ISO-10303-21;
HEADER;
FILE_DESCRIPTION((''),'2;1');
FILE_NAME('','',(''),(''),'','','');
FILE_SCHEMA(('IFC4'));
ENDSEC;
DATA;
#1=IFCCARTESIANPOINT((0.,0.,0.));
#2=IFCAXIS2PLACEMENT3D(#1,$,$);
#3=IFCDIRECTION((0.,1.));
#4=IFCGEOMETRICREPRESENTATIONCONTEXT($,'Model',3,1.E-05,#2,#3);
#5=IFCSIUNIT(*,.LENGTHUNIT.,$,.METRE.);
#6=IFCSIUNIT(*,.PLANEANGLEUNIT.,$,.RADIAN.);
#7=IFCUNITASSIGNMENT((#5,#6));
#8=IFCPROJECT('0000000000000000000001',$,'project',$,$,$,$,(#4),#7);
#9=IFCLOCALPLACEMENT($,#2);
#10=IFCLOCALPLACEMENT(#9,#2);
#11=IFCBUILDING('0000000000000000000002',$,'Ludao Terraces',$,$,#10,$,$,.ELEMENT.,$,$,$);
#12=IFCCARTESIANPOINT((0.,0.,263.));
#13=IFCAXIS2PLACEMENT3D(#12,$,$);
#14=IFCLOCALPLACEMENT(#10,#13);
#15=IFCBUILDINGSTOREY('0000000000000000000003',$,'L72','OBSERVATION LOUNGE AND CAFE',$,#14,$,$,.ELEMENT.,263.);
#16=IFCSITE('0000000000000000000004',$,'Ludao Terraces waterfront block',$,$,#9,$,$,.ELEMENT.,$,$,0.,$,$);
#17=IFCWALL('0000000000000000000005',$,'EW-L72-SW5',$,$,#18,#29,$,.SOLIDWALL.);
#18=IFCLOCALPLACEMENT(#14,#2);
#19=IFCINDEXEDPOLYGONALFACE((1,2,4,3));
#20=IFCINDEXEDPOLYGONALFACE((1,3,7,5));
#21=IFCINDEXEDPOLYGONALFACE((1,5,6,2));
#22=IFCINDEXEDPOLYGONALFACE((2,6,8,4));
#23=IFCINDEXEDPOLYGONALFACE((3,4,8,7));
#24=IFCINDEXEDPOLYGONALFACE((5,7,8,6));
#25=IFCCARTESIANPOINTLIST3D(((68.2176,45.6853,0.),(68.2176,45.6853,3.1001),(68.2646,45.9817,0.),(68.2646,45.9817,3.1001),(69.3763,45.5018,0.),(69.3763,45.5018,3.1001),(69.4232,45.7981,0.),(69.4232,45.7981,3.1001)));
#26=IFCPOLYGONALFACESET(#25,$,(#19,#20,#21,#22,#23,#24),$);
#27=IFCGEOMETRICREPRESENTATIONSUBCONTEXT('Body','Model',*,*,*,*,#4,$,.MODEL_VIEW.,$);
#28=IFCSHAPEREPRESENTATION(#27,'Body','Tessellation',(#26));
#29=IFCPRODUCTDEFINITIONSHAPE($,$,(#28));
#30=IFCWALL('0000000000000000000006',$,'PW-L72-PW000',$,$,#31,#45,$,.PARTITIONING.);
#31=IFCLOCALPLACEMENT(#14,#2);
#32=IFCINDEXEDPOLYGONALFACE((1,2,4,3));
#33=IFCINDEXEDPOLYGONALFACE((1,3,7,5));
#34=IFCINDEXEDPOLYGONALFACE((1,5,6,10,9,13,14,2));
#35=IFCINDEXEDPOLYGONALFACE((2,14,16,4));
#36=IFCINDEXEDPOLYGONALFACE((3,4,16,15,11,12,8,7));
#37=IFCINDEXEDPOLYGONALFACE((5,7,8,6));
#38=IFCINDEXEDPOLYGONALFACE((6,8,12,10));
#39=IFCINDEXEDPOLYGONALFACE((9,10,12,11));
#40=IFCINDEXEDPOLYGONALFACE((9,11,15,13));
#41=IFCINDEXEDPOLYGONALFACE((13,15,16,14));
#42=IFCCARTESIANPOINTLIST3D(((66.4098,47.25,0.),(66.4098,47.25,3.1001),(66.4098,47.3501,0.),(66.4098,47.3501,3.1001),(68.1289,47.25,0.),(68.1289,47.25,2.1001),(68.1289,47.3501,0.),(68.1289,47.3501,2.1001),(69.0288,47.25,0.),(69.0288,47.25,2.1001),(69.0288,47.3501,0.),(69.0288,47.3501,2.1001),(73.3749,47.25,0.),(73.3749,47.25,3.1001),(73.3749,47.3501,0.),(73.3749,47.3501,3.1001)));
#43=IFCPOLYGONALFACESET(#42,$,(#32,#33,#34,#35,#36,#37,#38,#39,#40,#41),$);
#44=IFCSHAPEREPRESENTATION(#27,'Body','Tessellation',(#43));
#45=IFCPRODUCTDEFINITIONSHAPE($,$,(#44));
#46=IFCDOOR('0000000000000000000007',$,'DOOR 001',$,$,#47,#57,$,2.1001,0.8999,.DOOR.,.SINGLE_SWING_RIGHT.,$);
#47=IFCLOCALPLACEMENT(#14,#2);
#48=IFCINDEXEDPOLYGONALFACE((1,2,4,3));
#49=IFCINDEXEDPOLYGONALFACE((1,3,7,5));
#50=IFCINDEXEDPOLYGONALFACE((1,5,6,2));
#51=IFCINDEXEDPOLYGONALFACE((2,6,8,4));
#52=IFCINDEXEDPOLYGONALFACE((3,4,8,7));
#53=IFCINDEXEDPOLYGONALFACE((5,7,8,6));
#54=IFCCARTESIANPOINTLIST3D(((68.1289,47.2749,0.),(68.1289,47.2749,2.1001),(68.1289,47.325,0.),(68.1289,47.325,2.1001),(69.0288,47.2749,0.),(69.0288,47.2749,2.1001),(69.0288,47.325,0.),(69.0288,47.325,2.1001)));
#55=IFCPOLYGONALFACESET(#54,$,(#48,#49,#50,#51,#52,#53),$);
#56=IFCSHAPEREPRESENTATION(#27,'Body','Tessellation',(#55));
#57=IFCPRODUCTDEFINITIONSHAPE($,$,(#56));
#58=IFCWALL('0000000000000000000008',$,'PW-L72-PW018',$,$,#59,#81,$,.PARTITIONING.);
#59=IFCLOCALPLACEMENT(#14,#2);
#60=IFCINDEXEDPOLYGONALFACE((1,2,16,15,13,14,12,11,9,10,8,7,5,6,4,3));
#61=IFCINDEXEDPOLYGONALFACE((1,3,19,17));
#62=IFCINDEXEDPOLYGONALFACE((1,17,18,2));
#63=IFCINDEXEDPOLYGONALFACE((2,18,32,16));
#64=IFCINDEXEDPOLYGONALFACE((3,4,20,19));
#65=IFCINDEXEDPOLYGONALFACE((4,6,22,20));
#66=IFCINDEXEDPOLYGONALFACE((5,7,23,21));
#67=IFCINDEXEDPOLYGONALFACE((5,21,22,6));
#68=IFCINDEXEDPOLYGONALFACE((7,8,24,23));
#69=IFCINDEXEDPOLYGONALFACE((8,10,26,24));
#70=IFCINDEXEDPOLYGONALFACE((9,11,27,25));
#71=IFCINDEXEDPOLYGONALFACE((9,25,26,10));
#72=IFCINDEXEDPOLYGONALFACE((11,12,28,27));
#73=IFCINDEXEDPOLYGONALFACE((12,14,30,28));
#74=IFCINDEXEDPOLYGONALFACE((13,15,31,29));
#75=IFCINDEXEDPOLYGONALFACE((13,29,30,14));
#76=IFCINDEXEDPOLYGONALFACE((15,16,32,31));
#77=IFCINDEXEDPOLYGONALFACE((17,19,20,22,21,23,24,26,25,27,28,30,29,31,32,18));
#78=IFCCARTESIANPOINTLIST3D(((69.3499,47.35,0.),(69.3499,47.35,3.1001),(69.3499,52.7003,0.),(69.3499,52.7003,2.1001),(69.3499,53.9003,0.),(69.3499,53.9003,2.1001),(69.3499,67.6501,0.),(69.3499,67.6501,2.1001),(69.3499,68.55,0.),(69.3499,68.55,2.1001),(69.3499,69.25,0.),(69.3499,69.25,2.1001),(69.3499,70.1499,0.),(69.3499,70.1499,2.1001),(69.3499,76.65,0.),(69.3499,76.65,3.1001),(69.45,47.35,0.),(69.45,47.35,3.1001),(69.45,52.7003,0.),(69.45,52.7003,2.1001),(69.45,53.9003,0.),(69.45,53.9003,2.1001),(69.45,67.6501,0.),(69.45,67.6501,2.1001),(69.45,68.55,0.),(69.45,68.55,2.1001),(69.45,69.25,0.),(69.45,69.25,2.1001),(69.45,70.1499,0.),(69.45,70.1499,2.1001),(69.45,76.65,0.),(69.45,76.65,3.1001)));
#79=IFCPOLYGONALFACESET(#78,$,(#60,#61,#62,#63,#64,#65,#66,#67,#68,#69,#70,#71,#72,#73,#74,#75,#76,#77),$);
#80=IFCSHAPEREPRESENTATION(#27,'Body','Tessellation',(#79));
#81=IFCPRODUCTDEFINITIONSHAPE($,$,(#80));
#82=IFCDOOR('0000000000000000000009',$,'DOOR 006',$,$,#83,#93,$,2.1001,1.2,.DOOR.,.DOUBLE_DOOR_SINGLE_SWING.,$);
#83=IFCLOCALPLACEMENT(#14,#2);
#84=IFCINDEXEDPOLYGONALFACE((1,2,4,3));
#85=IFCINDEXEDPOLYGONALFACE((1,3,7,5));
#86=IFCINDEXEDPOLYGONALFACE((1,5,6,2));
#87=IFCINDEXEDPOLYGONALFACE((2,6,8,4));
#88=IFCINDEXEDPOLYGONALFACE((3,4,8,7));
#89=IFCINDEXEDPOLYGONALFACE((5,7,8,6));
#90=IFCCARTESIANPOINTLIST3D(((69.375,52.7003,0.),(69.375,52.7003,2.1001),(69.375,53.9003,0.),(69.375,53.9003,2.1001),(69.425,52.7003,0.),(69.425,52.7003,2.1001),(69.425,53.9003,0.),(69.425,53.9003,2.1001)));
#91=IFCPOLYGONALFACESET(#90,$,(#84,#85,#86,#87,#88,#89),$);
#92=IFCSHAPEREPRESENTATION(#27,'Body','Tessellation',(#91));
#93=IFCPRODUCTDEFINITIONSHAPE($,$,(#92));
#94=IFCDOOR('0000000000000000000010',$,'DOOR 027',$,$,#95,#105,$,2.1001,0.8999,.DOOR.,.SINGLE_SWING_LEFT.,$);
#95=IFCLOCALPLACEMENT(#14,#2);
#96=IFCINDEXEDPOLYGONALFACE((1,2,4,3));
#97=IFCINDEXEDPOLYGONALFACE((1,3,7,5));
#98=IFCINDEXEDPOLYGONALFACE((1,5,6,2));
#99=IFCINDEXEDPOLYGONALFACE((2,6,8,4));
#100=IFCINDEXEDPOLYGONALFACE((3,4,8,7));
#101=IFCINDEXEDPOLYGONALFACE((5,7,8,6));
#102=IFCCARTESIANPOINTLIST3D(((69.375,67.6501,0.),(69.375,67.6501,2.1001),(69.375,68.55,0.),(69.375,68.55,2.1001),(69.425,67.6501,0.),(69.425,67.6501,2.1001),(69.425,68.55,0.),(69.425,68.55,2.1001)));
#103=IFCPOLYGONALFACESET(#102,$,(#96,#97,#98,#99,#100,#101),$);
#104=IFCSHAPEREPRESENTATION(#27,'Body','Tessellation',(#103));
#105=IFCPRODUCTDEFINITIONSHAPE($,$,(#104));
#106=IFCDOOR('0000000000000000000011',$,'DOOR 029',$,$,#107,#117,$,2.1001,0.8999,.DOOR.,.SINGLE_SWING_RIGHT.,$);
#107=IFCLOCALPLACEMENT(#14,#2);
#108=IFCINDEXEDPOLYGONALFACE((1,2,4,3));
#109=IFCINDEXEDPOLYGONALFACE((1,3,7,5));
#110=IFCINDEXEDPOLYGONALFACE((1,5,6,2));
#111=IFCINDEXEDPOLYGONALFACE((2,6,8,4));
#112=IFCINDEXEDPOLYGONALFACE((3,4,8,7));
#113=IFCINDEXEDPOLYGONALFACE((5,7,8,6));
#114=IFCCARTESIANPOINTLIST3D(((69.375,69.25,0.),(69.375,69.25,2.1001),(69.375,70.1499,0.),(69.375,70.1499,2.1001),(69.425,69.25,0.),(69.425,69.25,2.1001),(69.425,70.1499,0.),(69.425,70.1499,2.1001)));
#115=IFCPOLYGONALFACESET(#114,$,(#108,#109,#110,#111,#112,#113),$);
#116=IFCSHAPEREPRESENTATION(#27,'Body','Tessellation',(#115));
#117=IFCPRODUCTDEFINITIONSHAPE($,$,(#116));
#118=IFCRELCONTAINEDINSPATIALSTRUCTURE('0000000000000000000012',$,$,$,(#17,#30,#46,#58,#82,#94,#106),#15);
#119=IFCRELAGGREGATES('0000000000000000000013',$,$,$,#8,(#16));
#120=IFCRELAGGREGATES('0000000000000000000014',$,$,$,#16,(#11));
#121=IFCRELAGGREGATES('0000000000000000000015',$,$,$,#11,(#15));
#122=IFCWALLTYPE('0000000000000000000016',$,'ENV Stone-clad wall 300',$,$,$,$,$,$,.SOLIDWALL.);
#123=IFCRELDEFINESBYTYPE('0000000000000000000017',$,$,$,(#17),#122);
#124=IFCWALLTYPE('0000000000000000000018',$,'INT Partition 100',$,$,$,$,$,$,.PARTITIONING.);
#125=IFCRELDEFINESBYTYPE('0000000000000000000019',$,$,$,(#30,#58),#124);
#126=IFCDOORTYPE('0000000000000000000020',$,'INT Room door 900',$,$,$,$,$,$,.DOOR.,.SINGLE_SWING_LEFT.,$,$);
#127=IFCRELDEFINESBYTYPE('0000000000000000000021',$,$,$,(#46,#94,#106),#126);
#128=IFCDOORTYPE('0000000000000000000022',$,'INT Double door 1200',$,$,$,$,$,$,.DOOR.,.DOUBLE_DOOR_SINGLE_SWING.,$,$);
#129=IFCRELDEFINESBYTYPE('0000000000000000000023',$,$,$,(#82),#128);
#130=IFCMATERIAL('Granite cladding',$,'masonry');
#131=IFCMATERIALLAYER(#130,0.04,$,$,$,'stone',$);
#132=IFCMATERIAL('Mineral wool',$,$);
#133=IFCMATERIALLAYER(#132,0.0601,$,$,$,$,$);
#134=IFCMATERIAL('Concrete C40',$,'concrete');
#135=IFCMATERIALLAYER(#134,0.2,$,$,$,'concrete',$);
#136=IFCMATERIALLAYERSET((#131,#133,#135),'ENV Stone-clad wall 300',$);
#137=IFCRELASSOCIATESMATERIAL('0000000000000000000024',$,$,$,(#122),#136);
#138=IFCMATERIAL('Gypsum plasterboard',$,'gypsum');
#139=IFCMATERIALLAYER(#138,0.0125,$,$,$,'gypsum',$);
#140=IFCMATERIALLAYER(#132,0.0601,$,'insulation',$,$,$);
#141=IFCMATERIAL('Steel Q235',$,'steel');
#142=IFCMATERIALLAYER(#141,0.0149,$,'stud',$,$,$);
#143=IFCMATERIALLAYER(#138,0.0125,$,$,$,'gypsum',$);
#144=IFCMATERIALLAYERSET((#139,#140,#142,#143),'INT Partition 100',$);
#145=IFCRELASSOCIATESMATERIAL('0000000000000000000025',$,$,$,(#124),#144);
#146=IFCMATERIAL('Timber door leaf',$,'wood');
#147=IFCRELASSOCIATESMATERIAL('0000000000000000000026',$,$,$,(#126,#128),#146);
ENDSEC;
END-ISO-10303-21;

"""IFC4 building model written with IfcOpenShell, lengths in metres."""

from ifc_helpers import new_model, si_unit, direction, frame, frame_2d, origin, place, context, subcontext, project, spatial, rectangle, extrude, material, layer, layer_set, type_object, element, fill, save


model = new_model("IFC4")

# Units and contexts
model_context = context("Model", 3, precision=1e-05, world=origin(), true_north=direction((0.0, 1.0)))
body_context = subcontext(model_context, "Body", "Model", "MODEL_VIEW")
ifc_project = project(units=[si_unit("LENGTHUNIT", "METRE"), si_unit("PLANEANGLEUNIT", "RADIAN")], contexts=[model_context])

# Site, building, storey
site_placement = place(None, origin())
site = spatial("IfcSite", under=ifc_project, at=site_placement, Name="Ludao Terraces waterfront block", CompositionType="ELEMENT", RefElevation=0.0)
building_placement = place(site_placement, origin())
building = spatial("IfcBuilding", under=site, at=building_placement, Name="Ludao Terraces", CompositionType="ELEMENT")
storey_placement = place(building_placement, frame((0.0, 0.0, 263.0)))
storey = spatial("IfcBuildingStorey", under=building, at=storey_placement, Name="L72", Description="OBSERVATION LOUNGE AND CAFE", CompositionType="ELEMENT", Elevation=263.0)

# Shared definitions
ifc_material_1 = material(Name="Concrete C40", Category="concrete")

# Wall
ifc_material_2 = material(Name="Granite cladding", Category="masonry")
ifc_layer_1 = layer(ifc_material_2, 0.04, Category="stone")
ifc_material_3 = material(Name="Mineral wool")
ifc_layer_2 = layer(ifc_material_3, 0.0601)
ifc_layer_3 = layer(ifc_material_1, 0.2, Category="concrete")
ifc_layer_set_1 = layer_set([ifc_layer_1, ifc_layer_2, ifc_layer_3], Name="ENV Stone-clad wall 300")
wall_type_1 = type_object("IfcWallType", Name="ENV Stone-clad wall 300", PredefinedType="SOLIDWALL", material=ifc_layer_set_1)
wall_1_placement = place(storey_placement, frame((68.2412, 45.8335, 0.0), z_axis=(0.0, 0.0, 1.0), x_axis=(0.987678, -0.156497, 0.0)))
element("IfcWall", 1, at=wall_1_placement, inside=storey, type_object=wall_type_1, Name="EW-L72-SW5", PredefinedType="SOLIDWALL", context=body_context, shape_type="SweptSolid", body=[
    extrude(rectangle(XDim=1.1731, YDim=0.3, at=frame_2d((0.5864, 0.0))), origin(), (0.0, 0.0, 1.0), 3.1001),
])

# Wall, opening, door
ifc_material_4 = material(Name="Gypsum plasterboard", Category="gypsum")
ifc_layer_4 = layer(ifc_material_4, 0.0125, Category="gypsum")
ifc_layer_5 = layer(ifc_material_3, 0.0601, Name="insulation")
ifc_material_5 = material(Name="Steel Q235", Category="steel")
ifc_layer_6 = layer(ifc_material_5, 0.0149, Name="stud")
ifc_layer_7 = layer(ifc_material_4, 0.0125, Category="gypsum")
ifc_layer_set_2 = layer_set([ifc_layer_4, ifc_layer_5, ifc_layer_6, ifc_layer_7], Name="INT Partition 100")
wall_type_2 = type_object("IfcWallType", Name="INT Partition 100", PredefinedType="PARTITIONING", material=ifc_layer_set_2)
wall_2_placement = place(storey_placement, frame((66.4099, 47.3, 0.0), z_axis=(0.0, 0.0, 1.0), x_axis=(1.0, 0.0, 0.0)))
wall_2 = element("IfcWall", 2, at=wall_2_placement, inside=storey, type_object=wall_type_2, Name="PW-L72-PW000", PredefinedType="PARTITIONING", context=body_context, shape_type="SweptSolid", body=[
    extrude(rectangle(XDim=6.9651, YDim=0.1001, at=frame_2d((3.4824, 0.0))), origin(), (0.0, 0.0, 1.0), 3.1001),
])
opening_1_placement = place(wall_2_placement, frame((1.719, 0.0, 0.0)))
opening_1 = element("IfcOpeningElement", 3, at=opening_1_placement, cuts=wall_2, PredefinedType="OPENING", context=body_context, shape_type="SweptSolid", body=[
    extrude(rectangle(XDim=0.8999, YDim=2.1001, at=frame_2d((0.45, 1.05))), frame((0.0, 0.0601, 0.0), z_axis=(0.0, -1.0, 0.0), x_axis=(1.0, 0.0, 0.0)), (0.0, 0.0, 1.0), 0.1201),
])
ifc_material_6 = material(Name="Timber door leaf", Category="wood")
door_type_1 = type_object("IfcDoorType", Name="INT Room door 900", OperationType="SINGLE_SWING_LEFT", PredefinedType="DOOR", material=ifc_material_6)
door_1_placement = place(opening_1_placement, origin())
door_1 = element("IfcDoor", 4, at=door_1_placement, inside=storey, type_object=door_type_1, Name="DOOR 001", OperationType="SINGLE_SWING_RIGHT", OverallHeight=2.1001, OverallWidth=0.8999, PredefinedType="DOOR", context=body_context, shape_type="SweptSolid", body=[
    extrude(rectangle(XDim=0.8999, YDim=2.1001, at=frame_2d((0.45, 1.05))), frame((0.0, 0.0249, 0.0), z_axis=(0.0, -1.0, 0.0), x_axis=(1.0, 0.0, 0.0)), (0.0, 0.0, 1.0), 0.05),
])
fill(opening_1, door_1)

# Wall, openings, doors
wall_3_placement = place(storey_placement, frame((69.3999, 47.3501, 0.0), z_axis=(0.0, 0.0, 1.0), x_axis=(0.0, 1.0, 0.0)))
wall_3 = element("IfcWall", 5, at=wall_3_placement, inside=storey, type_object=wall_type_2, Name="PW-L72-PW018", PredefinedType="PARTITIONING", context=body_context, shape_type="SweptSolid", body=[
    extrude(rectangle(XDim=29.3, YDim=0.1001, at=frame_2d((14.6499, 0.0))), origin(), (0.0, 0.0, 1.0), 3.1001),
])
opening_2_placement = place(wall_3_placement, frame((5.3501, 0.0, 0.0)))
opening_2 = element("IfcOpeningElement", 6, at=opening_2_placement, cuts=wall_3, PredefinedType="OPENING", context=body_context, shape_type="SweptSolid", body=[
    extrude(rectangle(XDim=1.2, YDim=2.1001, at=frame_2d((0.6001, 1.05))), frame((0.0, 0.0601, 0.0), z_axis=(0.0, -1.0, 0.0), x_axis=(1.0, 0.0, 0.0)), (0.0, 0.0, 1.0), 0.1201),
])
opening_3_placement = place(wall_3_placement, frame((20.3, 0.0, 0.0)))
opening_3 = element("IfcOpeningElement", 7, at=opening_3_placement, cuts=wall_3, PredefinedType="OPENING", context=body_context, shape_type="SweptSolid", body=[
    extrude(rectangle(XDim=0.8999, YDim=2.1001, at=frame_2d((0.45, 1.05))), frame((0.0, 0.0601, 0.0), z_axis=(0.0, -1.0, 0.0), x_axis=(1.0, 0.0, 0.0)), (0.0, 0.0, 1.0), 0.1201),
])
opening_4_placement = place(wall_3_placement, frame((21.8999, 0.0, 0.0)))
opening_4 = element("IfcOpeningElement", 8, at=opening_4_placement, cuts=wall_3, PredefinedType="OPENING", context=body_context, shape_type="SweptSolid", body=[
    extrude(rectangle(XDim=0.8999, YDim=2.1001, at=frame_2d((0.45, 1.05))), frame((0.0, 0.0601, 0.0), z_axis=(0.0, -1.0, 0.0), x_axis=(1.0, 0.0, 0.0)), (0.0, 0.0, 1.0), 0.1201),
])
door_type_2 = type_object("IfcDoorType", Name="INT Double door 1200", OperationType="DOUBLE_DOOR_SINGLE_SWING", PredefinedType="DOOR", material=ifc_material_6)
door_2_placement = place(opening_2_placement, origin())
door_2 = element("IfcDoor", 9, at=door_2_placement, inside=storey, type_object=door_type_2, Name="DOOR 006", OperationType="DOUBLE_DOOR_SINGLE_SWING", OverallHeight=2.1001, OverallWidth=1.2, PredefinedType="DOOR", context=body_context, shape_type="SweptSolid", body=[
    extrude(rectangle(XDim=1.2, YDim=2.1001, at=frame_2d((0.6001, 1.05))), frame((0.0, 0.0249, 0.0), z_axis=(0.0, -1.0, 0.0), x_axis=(1.0, 0.0, 0.0)), (0.0, 0.0, 1.0), 0.05),
])
fill(opening_2, door_2)
door_3_placement = place(opening_3_placement, origin())
door_3 = element("IfcDoor", 10, at=door_3_placement, inside=storey, type_object=door_type_1, Name="DOOR 027", OperationType="SINGLE_SWING_LEFT", OverallHeight=2.1001, OverallWidth=0.8999, PredefinedType="DOOR", context=body_context, shape_type="SweptSolid", body=[
    extrude(rectangle(XDim=0.8999, YDim=2.1001, at=frame_2d((0.45, 1.05))), frame((0.0, 0.0249, 0.0), z_axis=(0.0, -1.0, 0.0), x_axis=(1.0, 0.0, 0.0)), (0.0, 0.0, 1.0), 0.05),
])
fill(opening_3, door_3)
door_4_placement = place(opening_4_placement, origin())
door_4 = element("IfcDoor", 11, at=door_4_placement, inside=storey, type_object=door_type_1, Name="DOOR 029", OperationType="SINGLE_SWING_RIGHT", OverallHeight=2.1001, OverallWidth=0.8999, PredefinedType="DOOR", context=body_context, shape_type="SweptSolid", body=[
    extrude(rectangle(XDim=0.8999, YDim=2.1001, at=frame_2d((0.45, 1.05))), frame((0.0, 0.0249, 0.0), z_axis=(0.0, -1.0, 0.0), x_axis=(1.0, 0.0, 0.0)), (0.0, 0.0, 1.0), 0.05),
])
fill(opening_4, door_4)

save(model, "model.ifc")
